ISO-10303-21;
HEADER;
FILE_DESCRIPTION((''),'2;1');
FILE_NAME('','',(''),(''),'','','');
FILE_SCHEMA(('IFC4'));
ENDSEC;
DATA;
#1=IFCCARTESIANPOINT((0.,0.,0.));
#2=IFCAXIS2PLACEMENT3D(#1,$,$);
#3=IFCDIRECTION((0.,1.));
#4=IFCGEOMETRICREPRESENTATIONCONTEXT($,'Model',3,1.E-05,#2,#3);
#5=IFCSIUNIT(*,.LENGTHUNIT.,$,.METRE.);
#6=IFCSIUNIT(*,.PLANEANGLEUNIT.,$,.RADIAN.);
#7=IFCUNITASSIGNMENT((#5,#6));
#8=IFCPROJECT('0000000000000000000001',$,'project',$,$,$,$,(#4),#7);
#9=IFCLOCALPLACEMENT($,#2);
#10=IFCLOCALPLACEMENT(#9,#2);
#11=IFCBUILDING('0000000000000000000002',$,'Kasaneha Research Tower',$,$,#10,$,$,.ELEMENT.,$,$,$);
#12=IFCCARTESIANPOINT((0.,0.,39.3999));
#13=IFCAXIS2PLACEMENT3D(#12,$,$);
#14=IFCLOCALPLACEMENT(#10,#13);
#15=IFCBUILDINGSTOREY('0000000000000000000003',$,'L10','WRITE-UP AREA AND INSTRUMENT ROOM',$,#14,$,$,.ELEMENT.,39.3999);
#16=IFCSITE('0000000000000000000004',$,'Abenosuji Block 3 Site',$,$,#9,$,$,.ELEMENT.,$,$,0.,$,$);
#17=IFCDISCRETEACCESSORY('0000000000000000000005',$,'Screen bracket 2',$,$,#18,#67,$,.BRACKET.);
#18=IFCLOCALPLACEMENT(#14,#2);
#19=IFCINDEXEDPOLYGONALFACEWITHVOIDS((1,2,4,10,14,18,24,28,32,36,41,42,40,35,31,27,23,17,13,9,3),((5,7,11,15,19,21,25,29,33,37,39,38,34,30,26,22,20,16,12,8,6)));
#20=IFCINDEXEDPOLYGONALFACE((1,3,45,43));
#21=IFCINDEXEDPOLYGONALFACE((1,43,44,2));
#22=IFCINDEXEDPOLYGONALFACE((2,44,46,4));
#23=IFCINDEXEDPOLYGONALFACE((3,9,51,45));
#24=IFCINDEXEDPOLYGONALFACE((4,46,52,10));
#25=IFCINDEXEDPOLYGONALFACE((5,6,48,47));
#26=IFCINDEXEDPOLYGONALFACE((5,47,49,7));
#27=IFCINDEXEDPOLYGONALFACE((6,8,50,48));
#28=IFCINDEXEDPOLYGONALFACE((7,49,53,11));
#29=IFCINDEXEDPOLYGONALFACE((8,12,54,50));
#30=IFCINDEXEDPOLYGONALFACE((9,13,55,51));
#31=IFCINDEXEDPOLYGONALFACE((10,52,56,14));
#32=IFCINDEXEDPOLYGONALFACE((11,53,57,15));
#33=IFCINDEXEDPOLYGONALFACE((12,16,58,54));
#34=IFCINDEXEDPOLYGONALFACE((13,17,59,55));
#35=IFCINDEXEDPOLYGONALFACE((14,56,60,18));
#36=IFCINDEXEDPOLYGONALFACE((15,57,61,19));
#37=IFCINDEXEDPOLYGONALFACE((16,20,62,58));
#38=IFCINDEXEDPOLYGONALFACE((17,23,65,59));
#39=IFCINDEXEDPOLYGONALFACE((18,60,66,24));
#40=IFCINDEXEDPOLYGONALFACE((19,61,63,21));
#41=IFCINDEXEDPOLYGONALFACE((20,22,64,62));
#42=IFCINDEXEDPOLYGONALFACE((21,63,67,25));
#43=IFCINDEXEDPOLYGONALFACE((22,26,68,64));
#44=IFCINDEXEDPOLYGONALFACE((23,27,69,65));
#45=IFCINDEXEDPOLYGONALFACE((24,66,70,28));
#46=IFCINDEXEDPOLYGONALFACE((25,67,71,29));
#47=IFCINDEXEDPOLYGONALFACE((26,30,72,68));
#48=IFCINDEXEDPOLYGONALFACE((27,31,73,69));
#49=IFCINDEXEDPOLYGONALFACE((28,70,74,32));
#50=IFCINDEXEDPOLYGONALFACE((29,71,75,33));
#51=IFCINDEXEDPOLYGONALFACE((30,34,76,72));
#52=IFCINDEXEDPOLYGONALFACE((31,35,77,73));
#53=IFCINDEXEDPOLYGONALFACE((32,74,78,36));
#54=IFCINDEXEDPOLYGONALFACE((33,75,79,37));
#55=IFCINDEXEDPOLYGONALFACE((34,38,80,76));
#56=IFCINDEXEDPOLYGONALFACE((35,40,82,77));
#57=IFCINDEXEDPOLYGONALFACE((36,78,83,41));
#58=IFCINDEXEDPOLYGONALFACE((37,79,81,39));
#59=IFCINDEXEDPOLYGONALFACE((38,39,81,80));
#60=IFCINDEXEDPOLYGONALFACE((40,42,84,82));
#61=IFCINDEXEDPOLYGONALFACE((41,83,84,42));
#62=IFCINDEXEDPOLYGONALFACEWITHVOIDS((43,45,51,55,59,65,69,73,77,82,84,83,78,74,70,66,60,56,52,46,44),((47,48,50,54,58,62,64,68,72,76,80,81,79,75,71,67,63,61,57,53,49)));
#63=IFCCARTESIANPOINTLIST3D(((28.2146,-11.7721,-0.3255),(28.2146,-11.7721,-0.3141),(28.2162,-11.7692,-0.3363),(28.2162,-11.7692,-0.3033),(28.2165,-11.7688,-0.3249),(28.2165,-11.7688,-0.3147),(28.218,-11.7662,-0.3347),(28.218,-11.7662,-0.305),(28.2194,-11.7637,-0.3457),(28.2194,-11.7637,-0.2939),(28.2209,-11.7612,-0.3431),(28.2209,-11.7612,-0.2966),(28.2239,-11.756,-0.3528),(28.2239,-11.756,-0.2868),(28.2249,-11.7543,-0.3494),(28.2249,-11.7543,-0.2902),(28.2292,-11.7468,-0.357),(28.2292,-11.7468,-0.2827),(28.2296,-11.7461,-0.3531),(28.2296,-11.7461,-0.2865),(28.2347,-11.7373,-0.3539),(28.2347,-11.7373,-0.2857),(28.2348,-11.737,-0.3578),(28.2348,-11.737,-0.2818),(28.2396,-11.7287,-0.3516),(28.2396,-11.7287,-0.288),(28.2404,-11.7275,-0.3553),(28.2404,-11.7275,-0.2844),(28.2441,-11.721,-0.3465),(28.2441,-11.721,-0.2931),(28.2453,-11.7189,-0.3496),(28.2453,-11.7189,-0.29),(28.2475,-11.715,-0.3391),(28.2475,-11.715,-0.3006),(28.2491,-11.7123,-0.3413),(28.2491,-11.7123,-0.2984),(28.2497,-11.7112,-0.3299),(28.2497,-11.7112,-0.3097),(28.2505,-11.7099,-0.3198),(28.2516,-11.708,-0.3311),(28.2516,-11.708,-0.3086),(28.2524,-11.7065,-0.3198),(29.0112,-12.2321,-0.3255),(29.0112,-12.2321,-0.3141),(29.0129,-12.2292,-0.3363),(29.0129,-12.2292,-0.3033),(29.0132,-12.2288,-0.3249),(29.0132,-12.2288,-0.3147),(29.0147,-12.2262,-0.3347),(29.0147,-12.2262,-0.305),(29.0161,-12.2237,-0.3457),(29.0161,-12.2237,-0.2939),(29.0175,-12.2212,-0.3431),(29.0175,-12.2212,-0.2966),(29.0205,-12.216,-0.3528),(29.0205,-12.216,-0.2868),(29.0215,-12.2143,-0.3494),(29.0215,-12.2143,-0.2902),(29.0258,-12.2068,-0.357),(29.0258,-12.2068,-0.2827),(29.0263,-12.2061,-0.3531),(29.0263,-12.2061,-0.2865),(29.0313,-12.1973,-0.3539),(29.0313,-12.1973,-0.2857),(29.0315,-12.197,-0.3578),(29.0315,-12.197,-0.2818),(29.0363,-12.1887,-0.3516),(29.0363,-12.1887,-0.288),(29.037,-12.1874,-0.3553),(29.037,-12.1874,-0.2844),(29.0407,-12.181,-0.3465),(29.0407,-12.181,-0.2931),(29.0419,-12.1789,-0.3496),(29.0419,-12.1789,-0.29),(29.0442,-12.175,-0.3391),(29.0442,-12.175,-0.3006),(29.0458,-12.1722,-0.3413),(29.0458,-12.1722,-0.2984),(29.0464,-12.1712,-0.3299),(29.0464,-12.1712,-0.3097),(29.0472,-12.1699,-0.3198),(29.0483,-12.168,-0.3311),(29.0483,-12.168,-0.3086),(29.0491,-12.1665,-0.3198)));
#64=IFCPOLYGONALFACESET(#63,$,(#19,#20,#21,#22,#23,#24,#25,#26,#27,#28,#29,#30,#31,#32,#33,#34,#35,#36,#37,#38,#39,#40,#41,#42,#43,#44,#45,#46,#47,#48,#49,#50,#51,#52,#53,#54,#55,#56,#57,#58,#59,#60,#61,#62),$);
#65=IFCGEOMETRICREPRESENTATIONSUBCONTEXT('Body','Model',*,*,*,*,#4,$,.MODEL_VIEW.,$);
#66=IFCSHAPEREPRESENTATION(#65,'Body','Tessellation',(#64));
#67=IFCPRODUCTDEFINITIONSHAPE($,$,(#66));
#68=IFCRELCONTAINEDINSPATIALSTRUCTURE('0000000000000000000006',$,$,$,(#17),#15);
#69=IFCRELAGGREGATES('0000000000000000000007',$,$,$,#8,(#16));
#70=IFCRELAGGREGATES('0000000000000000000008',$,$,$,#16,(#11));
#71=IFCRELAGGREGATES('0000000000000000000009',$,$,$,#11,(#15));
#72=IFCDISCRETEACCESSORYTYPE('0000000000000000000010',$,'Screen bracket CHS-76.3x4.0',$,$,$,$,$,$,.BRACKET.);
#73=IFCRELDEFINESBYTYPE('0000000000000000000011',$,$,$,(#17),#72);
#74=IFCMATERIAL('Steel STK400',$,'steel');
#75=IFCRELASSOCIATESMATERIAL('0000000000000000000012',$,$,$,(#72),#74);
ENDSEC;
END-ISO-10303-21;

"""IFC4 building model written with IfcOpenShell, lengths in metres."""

from ifc_helpers import new_model, si_unit, direction, frame, origin, origin_2d, place, context, subcontext, project, spatial, hollow_circle, extrude, material, material_profile, profile_set, type_object, element, save


model = new_model("IFC4")

# Units and contexts
model_context = context("Model", 3, precision=1e-05, world=origin(), true_north=direction((0.0, 1.0)))
body_context = subcontext(model_context, "Body", "Model", "MODEL_VIEW")
ifc_project = project(units=[si_unit("LENGTHUNIT", "METRE"), si_unit("PLANEANGLEUNIT", "RADIAN")], contexts=[model_context])

# Site, building, storey
site_placement = place(None, origin())
site = spatial("IfcSite", under=ifc_project, at=site_placement, Name="Abenosuji Block 3 Site", CompositionType="ELEMENT", RefElevation=0.0)
building_placement = place(site_placement, origin())
building = spatial("IfcBuilding", under=site, at=building_placement, Name="Kasaneha Research Tower", CompositionType="ELEMENT")
storey_placement = place(building_placement, frame((0.0, 0.0, 39.3999)))
storey = spatial("IfcBuildingStorey", under=building, at=storey_placement, Name="L10", Description="WRITE-UP AREA AND INSTRUMENT ROOM", CompositionType="ELEMENT", Elevation=39.3999)

# Discrete accessory
ifc_material_1 = material(Name="Steel STK400", Category="steel")
ifc_material_profile_1 = material_profile(ifc_material_1, hollow_circle(Radius=0.0381, WallThickness=0.0039, at=origin_2d()), Name="CHS-76.3x4.0")
ifc_profile_set_1 = profile_set([ifc_material_profile_1], Name="Steel STK400")
discrete_accessory_type = type_object("IfcDiscreteAccessoryType", Name="Screen bracket CHS-76.3x4.0", PredefinedType="BRACKET", material=ifc_profile_set_1)
for number, where, z_axis, x_axis, name in (
    (1, (28.2334, -11.7395, -0.3198), (0.866013, -0.500021, 0.0), (0.500021, 0.866013, 0.0), "Screen bracket 2"),
):
    element("IfcDiscreteAccessory", number, at=place(storey_placement, frame(where, z_axis=z_axis, x_axis=x_axis)), inside=storey, type_object=discrete_accessory_type, Name=name, PredefinedType="BRACKET", context=body_context, shape_type="SweptSolid", body=[
        extrude(hollow_circle(Radius=0.0381, WallThickness=0.0039, at=origin_2d()), origin(), (0.0, 0.0, 1.0), 0.9199),
    ])

save(model, "model.ifc")
